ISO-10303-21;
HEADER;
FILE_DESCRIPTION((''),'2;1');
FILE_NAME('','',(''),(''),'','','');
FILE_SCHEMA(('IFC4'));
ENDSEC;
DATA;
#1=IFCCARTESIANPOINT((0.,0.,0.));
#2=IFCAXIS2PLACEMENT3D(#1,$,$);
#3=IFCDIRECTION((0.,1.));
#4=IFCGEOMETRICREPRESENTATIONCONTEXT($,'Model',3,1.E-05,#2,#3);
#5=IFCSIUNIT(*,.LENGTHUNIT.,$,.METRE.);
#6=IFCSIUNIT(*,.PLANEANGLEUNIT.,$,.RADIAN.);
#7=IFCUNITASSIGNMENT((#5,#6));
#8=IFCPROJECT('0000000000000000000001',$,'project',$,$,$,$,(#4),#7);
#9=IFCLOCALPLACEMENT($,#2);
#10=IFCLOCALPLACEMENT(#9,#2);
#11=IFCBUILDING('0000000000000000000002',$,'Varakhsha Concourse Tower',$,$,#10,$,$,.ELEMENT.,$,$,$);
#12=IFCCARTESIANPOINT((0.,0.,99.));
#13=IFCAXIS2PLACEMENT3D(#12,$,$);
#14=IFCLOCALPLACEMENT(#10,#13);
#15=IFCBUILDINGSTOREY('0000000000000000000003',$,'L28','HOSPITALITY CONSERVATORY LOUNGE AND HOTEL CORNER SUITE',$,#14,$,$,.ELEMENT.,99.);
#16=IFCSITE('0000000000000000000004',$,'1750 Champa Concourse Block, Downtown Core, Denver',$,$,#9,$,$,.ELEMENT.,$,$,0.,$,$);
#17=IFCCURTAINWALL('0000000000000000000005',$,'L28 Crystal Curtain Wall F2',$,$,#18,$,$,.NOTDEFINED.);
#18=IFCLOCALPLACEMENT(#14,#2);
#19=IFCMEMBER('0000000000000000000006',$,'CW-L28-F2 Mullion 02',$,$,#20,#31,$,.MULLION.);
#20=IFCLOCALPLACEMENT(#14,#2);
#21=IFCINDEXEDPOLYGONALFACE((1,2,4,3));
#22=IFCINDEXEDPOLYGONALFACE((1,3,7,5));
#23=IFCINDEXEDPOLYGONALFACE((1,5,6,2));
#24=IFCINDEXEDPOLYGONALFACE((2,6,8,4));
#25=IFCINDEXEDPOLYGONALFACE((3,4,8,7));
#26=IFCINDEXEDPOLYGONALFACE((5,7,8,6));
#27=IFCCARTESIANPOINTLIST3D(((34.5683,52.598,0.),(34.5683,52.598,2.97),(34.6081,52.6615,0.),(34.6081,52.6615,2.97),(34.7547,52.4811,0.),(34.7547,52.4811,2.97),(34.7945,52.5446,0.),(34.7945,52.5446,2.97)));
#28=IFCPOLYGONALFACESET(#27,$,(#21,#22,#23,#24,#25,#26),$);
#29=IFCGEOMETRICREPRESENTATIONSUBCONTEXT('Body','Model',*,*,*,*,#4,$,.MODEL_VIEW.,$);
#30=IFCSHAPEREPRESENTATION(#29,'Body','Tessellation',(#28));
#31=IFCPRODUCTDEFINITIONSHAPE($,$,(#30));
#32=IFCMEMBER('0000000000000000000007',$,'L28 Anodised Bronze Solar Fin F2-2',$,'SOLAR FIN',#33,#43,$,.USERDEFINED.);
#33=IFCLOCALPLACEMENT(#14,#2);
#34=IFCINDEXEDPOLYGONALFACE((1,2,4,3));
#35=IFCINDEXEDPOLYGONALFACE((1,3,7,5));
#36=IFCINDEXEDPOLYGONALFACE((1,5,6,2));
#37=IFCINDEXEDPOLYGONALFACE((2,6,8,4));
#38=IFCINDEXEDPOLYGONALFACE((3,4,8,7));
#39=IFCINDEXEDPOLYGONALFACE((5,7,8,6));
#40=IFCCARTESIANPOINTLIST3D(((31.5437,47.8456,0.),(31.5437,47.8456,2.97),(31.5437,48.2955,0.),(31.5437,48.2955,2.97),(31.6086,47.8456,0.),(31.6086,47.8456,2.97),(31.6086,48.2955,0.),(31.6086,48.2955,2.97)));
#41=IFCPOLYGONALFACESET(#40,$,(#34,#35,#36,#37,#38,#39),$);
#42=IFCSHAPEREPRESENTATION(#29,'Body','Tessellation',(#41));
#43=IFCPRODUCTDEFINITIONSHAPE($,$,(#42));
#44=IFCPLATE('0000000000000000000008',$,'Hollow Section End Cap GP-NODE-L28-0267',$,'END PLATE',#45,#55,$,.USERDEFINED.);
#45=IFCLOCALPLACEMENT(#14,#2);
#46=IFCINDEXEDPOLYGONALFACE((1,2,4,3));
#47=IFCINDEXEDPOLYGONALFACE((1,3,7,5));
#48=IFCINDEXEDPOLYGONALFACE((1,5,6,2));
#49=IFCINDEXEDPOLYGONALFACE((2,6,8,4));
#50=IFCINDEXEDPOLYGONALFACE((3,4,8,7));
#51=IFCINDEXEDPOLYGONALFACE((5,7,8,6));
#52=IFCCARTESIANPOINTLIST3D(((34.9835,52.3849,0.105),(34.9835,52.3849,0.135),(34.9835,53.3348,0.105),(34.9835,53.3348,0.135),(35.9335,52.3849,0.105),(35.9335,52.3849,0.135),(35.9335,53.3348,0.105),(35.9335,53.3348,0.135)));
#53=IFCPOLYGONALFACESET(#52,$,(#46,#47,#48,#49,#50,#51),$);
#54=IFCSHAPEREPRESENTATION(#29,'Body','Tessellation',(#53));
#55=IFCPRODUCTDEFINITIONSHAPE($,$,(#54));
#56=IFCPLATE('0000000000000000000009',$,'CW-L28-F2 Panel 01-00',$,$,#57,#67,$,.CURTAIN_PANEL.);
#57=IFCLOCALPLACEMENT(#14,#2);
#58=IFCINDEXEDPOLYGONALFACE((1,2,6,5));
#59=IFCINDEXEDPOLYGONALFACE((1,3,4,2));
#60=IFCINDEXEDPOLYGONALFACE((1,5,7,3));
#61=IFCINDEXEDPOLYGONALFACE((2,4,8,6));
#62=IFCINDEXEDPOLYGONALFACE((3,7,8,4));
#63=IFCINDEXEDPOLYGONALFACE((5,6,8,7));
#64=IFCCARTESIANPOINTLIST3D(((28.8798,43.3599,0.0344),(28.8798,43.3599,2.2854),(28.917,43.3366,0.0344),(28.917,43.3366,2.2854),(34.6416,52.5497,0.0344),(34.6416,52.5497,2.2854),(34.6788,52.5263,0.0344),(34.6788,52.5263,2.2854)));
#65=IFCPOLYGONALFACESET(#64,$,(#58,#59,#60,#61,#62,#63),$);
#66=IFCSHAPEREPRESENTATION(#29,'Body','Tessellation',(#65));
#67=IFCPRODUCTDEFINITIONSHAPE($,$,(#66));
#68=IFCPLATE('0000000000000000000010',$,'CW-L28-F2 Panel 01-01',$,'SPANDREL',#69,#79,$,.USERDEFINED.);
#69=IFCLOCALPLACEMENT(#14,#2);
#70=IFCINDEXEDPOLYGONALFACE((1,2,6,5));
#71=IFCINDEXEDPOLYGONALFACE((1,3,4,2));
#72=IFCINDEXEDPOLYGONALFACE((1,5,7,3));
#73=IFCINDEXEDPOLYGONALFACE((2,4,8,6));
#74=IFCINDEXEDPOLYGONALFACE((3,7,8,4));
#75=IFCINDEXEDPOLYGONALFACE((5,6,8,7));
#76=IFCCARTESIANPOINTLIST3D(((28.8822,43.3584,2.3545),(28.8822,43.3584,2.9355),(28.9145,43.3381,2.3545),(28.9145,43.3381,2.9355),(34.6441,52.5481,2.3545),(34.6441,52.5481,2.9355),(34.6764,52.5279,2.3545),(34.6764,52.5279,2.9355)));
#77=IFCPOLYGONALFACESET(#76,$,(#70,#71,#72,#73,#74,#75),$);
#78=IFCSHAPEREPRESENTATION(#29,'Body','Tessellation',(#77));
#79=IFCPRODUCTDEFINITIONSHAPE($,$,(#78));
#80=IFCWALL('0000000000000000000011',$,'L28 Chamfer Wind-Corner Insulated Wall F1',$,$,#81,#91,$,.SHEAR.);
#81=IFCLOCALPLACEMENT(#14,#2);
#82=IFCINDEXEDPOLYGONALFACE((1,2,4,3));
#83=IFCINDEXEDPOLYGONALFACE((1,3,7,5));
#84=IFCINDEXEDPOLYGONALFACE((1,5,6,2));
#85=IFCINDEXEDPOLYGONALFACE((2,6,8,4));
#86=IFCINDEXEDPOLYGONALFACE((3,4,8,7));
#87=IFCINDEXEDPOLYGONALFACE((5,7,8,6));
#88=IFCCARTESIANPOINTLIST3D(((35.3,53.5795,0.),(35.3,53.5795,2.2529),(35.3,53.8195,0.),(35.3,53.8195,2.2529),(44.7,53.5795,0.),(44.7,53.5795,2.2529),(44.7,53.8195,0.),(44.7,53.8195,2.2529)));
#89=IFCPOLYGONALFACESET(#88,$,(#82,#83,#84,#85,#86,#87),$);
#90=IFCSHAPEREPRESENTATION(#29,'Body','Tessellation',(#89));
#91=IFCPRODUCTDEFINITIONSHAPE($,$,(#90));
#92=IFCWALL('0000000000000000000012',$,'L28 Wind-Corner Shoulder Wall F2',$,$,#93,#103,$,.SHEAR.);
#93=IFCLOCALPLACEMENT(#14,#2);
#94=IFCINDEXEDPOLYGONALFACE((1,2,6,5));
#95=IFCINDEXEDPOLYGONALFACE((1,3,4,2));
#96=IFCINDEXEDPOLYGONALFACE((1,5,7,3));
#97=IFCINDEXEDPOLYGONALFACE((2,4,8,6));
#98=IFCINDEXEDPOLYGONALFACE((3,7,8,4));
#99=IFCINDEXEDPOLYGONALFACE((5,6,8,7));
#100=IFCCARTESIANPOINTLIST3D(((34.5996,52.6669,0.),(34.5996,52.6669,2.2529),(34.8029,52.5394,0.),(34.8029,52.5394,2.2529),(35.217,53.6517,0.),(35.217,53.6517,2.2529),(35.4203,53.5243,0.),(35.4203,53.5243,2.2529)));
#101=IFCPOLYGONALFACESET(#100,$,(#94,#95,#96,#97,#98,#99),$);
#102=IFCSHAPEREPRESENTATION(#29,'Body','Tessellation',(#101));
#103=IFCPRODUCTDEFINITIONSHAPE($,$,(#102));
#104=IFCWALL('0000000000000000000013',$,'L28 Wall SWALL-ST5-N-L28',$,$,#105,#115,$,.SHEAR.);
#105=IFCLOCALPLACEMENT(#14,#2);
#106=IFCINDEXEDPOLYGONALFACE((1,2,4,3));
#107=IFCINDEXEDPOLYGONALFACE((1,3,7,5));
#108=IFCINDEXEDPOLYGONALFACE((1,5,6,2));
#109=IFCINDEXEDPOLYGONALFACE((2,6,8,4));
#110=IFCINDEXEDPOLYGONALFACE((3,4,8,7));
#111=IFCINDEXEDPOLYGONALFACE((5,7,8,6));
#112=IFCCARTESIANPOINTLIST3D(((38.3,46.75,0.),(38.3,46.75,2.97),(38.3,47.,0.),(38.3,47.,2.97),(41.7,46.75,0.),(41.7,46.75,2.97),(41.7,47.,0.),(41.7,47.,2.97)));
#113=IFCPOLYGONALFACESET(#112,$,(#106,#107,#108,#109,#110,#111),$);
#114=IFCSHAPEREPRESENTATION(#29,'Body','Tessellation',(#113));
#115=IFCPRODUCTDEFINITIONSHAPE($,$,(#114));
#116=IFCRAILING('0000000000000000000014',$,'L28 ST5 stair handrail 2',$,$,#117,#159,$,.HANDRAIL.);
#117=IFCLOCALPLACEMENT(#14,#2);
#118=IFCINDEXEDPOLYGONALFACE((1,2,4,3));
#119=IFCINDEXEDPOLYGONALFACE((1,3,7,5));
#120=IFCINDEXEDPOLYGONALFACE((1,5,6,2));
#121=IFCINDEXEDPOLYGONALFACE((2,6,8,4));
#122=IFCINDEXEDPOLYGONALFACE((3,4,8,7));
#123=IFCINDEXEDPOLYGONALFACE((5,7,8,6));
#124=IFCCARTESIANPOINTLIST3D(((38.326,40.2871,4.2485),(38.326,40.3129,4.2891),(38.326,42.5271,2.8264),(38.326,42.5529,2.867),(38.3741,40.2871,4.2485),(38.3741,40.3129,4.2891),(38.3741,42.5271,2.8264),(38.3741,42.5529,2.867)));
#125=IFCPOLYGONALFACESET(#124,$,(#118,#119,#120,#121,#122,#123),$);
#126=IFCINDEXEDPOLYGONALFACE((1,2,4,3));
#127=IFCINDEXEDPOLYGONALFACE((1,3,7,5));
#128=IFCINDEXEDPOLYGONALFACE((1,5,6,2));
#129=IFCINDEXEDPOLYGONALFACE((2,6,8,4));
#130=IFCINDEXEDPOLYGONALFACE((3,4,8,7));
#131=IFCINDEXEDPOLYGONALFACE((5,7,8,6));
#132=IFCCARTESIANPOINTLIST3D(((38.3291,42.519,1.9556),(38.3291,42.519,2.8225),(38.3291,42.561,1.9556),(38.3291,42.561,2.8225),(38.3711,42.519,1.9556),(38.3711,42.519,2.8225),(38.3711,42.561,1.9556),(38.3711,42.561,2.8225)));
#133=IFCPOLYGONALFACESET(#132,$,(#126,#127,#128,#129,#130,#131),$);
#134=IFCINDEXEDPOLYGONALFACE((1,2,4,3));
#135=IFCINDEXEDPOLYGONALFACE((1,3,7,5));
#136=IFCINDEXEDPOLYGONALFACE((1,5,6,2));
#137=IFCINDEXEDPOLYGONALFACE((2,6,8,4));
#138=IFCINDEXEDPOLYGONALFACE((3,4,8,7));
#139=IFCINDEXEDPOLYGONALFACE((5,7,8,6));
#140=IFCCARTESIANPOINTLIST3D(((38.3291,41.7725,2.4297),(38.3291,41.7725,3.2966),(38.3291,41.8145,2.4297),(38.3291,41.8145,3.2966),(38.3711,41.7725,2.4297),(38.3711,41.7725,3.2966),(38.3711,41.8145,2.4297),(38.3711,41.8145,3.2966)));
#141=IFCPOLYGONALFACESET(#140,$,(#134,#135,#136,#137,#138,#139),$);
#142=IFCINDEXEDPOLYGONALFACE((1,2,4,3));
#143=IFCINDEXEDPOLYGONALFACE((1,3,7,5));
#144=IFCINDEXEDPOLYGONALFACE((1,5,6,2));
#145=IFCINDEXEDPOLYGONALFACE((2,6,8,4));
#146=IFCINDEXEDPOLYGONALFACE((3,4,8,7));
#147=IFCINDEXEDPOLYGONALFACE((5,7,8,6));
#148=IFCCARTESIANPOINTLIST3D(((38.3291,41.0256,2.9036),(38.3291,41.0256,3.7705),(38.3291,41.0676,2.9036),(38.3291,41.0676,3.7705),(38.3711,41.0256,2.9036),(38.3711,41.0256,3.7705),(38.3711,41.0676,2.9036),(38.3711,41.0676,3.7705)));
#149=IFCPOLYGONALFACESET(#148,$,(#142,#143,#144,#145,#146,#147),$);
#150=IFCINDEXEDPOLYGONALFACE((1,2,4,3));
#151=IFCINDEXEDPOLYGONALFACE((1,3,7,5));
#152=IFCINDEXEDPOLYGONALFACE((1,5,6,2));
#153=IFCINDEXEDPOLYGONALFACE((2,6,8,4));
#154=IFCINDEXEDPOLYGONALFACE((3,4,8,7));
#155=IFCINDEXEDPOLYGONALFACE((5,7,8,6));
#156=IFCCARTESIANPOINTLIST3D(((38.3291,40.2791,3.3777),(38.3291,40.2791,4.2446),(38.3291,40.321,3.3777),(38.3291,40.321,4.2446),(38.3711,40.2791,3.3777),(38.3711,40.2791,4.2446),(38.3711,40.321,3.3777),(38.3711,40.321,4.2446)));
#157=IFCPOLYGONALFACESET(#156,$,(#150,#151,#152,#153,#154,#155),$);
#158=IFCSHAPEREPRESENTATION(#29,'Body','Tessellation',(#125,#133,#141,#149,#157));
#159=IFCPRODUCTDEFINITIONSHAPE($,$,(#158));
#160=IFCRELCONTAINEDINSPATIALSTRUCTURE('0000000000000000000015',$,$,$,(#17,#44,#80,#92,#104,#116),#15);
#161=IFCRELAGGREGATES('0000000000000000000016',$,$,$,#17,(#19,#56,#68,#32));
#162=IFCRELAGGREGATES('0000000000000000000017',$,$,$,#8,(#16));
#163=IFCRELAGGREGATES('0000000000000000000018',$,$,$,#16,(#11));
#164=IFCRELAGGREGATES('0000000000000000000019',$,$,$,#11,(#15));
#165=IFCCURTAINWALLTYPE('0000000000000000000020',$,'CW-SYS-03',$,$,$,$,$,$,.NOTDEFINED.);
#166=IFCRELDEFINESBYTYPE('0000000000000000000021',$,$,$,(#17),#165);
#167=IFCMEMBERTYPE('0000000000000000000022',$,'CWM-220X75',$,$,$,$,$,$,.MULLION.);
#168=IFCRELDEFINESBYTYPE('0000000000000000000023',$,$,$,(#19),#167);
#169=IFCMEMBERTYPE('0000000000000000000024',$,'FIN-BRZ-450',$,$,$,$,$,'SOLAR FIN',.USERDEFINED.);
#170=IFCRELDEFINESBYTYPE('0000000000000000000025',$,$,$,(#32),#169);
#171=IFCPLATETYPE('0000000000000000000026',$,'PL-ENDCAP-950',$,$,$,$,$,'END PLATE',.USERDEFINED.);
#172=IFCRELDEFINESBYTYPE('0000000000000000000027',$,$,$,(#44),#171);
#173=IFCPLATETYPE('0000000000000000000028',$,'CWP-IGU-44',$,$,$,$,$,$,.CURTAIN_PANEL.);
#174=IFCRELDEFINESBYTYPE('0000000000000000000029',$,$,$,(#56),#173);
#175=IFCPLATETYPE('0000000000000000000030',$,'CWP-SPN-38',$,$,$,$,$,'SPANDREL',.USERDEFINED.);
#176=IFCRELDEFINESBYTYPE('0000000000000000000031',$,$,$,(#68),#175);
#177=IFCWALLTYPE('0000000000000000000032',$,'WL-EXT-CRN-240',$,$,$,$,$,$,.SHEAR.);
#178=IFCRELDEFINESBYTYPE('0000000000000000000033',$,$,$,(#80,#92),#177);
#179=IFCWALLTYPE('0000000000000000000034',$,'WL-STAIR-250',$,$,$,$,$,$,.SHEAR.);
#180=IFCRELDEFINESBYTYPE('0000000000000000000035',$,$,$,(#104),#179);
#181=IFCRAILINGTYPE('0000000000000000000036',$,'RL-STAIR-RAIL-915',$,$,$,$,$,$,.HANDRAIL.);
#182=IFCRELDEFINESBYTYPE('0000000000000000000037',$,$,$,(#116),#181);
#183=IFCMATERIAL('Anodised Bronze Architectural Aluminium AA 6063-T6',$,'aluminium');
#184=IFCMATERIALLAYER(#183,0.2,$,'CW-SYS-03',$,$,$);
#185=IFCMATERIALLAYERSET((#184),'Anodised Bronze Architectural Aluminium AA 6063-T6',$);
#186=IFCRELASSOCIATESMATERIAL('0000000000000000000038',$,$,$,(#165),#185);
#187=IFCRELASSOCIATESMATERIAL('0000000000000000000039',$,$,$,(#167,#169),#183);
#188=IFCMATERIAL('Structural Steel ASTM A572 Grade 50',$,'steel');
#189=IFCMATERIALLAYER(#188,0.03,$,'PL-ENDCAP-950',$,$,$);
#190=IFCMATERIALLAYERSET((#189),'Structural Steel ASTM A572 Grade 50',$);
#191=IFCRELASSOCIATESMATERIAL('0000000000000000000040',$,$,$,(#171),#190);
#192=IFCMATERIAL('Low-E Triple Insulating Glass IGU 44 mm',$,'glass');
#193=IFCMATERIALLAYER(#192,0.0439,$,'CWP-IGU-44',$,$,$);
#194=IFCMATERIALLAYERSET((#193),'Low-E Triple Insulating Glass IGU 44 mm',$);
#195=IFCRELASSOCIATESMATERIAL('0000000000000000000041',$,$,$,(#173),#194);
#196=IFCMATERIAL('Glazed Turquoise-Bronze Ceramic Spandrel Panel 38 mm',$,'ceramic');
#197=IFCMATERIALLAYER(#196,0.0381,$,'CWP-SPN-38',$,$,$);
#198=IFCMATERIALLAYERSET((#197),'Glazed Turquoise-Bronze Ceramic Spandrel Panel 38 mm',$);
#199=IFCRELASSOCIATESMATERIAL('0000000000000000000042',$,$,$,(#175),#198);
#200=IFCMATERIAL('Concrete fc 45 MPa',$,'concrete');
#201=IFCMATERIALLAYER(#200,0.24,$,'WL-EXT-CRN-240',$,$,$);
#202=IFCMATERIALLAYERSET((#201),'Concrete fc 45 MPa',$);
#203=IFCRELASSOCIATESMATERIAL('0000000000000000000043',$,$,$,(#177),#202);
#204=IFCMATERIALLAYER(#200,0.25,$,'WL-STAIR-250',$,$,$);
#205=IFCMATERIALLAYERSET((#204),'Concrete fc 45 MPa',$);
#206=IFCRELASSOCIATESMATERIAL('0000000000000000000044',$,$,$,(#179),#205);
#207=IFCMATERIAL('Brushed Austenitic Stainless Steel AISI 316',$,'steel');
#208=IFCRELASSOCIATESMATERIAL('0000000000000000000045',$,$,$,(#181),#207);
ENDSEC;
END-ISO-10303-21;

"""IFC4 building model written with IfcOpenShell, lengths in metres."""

from ifc_helpers import new_model, si_unit, direction, frame, frame_2d, origin, origin_2d, place, context, subcontext, project, spatial, rectangle, extrude, source, transform, mapped, material, layer, layer_set, material_profile, profile_set, type_object, type_shapes, element, aggregate, save


model = new_model("IFC4")

# Units and contexts
model_context = context("Model", 3, precision=1e-05, world=origin(), true_north=direction((0.0, 1.0)))
body_context = subcontext(model_context, "Body", "Model", "MODEL_VIEW")
ifc_project = project(units=[si_unit("LENGTHUNIT", "METRE"), si_unit("PLANEANGLEUNIT", "RADIAN")], contexts=[model_context])

# Site, building, storey
site_placement = place(None, origin())
site = spatial("IfcSite", under=ifc_project, at=site_placement, Name="1750 Champa Concourse Block, Downtown Core, Denver", CompositionType="ELEMENT", RefElevation=0.0)
building_placement = place(site_placement, origin())
building = spatial("IfcBuilding", under=site, at=building_placement, Name="Varakhsha Concourse Tower", CompositionType="ELEMENT")
storey_placement = place(building_placement, frame((0.0, 0.0, 99.0)))
storey = spatial("IfcBuildingStorey", under=building, at=storey_placement, Name="L28", Description="HOSPITALITY CONSERVATORY LOUNGE AND HOTEL CORNER SUITE", CompositionType="ELEMENT", Elevation=99.0)

# Shared definitions
ifc_material_1 = material(Name="Structural Steel ASTM A572 Grade 50", Category="steel")

# Curtain wall, members
ifc_material_2 = material(Name="Anodised Bronze Architectural Aluminium AA 6063-T6", Category="aluminium")
ifc_layer_1 = layer(ifc_material_2, 0.2, Name="CW-SYS-03")
ifc_layer_set_1 = layer_set([ifc_layer_1], Name="Anodised Bronze Architectural Aluminium AA 6063-T6")
curtain_wall_type = type_object("IfcCurtainWallType", Name="CW-SYS-03", PredefinedType="NOTDEFINED", material=ifc_layer_set_1)
curtain_wall_placement = place(storey_placement, origin())
curtain_wall = element("IfcCurtainWall", 1, at=curtain_wall_placement, inside=storey, type_object=curtain_wall_type, Name="L28 Crystal Curtain Wall F2", PredefinedType="NOTDEFINED")
ifc_material_profile_1 = material_profile(ifc_material_2, rectangle(XDim=0.075, YDim=0.22, at=origin_2d()), Name="CWM-220X75")
ifc_profile_set_1 = profile_set([ifc_material_profile_1], Name="Anodised Bronze Architectural Aluminium AA 6063-T6")
member_type_1 = type_object("IfcMemberType", Name="CWM-220X75", PredefinedType="MULLION", material=ifc_profile_set_1)
shared_shape_1 = source(origin(), body_context, "Body", "SweptSolid", [
    extrude(rectangle(XDim=0.075, YDim=0.22, at=origin_2d()), origin(), (0.0, 0.0, 1.0), 2.97),
])
type_shapes(member_type_1, [shared_shape_1])
member_1_placement = place(storey_placement, frame((34.6814, 52.5713, 0.0), z_axis=(0.0, 0.0, 1.0), x_axis=(0.531209, 0.847241, 0.0)))
member_1 = element("IfcMember", 2, at=member_1_placement, type_object=member_type_1, Name="CW-L28-F2 Mullion 02", PredefinedType="MULLION", context=body_context, shape_type="MappedRepresentation", body=[
    mapped(shared_shape_1, transform((0.0, 0.0, 0.0), scale=1.0)),
])
ifc_material_profile_2 = material_profile(ifc_material_2, rectangle(XDim=0.0649, YDim=0.45, at=origin_2d()), Name="FIN-BRZ-450")
ifc_profile_set_2 = profile_set([ifc_material_profile_2], Name="Anodised Bronze Architectural Aluminium AA 6063-T6")
member_type_2 = type_object("IfcMemberType", Name="FIN-BRZ-450", ElementType="SOLAR FIN", PredefinedType="USERDEFINED", material=ifc_profile_set_2)
shared_shape_2 = source(origin(), body_context, "Body", "SweptSolid", [
    extrude(rectangle(XDim=0.0649, YDim=0.45, at=origin_2d()), origin(), (0.0, 0.0, 1.0), 2.97),
])
type_shapes(member_type_2, [shared_shape_2])
member_2_placement = place(storey_placement, frame((31.5762, 48.0706, 0.0), z_axis=(0.0, 0.0, 1.0), x_axis=(1.0, 0.0, 0.0)))
member_2 = element("IfcMember", 3, at=member_2_placement, type_object=member_type_2, Name="L28 Anodised Bronze Solar Fin F2-2", ObjectType="SOLAR FIN", PredefinedType="USERDEFINED", context=body_context, shape_type="MappedRepresentation", body=[
    mapped(shared_shape_2, transform((0.0, 0.0, 0.0), scale=1.0)),
])

# Plates
ifc_layer_2 = layer(ifc_material_1, 0.03, Name="PL-ENDCAP-950")
ifc_layer_set_2 = layer_set([ifc_layer_2], Name="Structural Steel ASTM A572 Grade 50")
plate_type_1 = type_object("IfcPlateType", Name="PL-ENDCAP-950", ElementType="END PLATE", PredefinedType="USERDEFINED", material=ifc_layer_set_2)
shared_shape_3 = source(origin(), body_context, "Body", "SweptSolid", [
    extrude(rectangle(XDim=0.95, YDim=0.95, at=origin_2d()), origin(), (0.0, 0.0, 1.0), 0.03),
])
type_shapes(plate_type_1, [shared_shape_3])
plate_1_placement = place(storey_placement, frame((35.4585, 52.8599, 0.105), z_axis=(0.0, 0.0, 1.0), x_axis=(1.0, 0.0, 0.0)))
element("IfcPlate", 4, at=plate_1_placement, inside=storey, type_object=plate_type_1, Name="Hollow Section End Cap GP-NODE-L28-0267", ObjectType="END PLATE", PredefinedType="USERDEFINED", context=body_context, shape_type="MappedRepresentation", body=[
    mapped(shared_shape_3, transform((0.0, 0.0, 0.0), scale=1.0)),
])
ifc_material_3 = material(Name="Low-E Triple Insulating Glass IGU 44 mm", Category="glass")
ifc_layer_3 = layer(ifc_material_3, 0.0439, Name="CWP-IGU-44")
ifc_layer_set_3 = layer_set([ifc_layer_3], Name="Low-E Triple Insulating Glass IGU 44 mm")
plate_type_2 = type_object("IfcPlateType", Name="CWP-IGU-44", PredefinedType="CURTAIN_PANEL", material=ifc_layer_set_3)
shared_shape_4 = source(origin(), body_context, "Body", "SweptSolid", [
    extrude(rectangle(XDim=10.8467, YDim=0.0439, at=origin_2d()), origin(), (0.0, 0.0, 1.0), 2.251),
])
type_shapes(plate_type_2, [shared_shape_4])
plate_2_placement = place(storey_placement, frame((31.7793, 47.9431, 0.0344), z_axis=(0.0, 0.0, 1.0), x_axis=(0.531209, 0.847241, 0.0)))
plate_2 = element("IfcPlate", 5, at=plate_2_placement, type_object=plate_type_2, Name="CW-L28-F2 Panel 01-00", PredefinedType="CURTAIN_PANEL", context=body_context, shape_type="MappedRepresentation", body=[
    mapped(shared_shape_4, transform((0.0, 0.0, 0.0), scale=1.0)),
])
ifc_material_4 = material(Name="Glazed Turquoise-Bronze Ceramic Spandrel Panel 38 mm", Category="ceramic")
ifc_layer_4 = layer(ifc_material_4, 0.0381, Name="CWP-SPN-38")
ifc_layer_set_4 = layer_set([ifc_layer_4], Name="Glazed Turquoise-Bronze Ceramic Spandrel Panel 38 mm")
plate_type_3 = type_object("IfcPlateType", Name="CWP-SPN-38", ElementType="SPANDREL", PredefinedType="USERDEFINED", material=ifc_layer_set_4)
shared_shape_5 = source(origin(), body_context, "Body", "SweptSolid", [
    extrude(rectangle(XDim=10.8467, YDim=0.0381, at=origin_2d()), origin(), (0.0, 0.0, 1.0), 0.5811),
])
type_shapes(plate_type_3, [shared_shape_5])
plate_3_placement = place(storey_placement, frame((31.7793, 47.9431, 2.3545), z_axis=(0.0, 0.0, 1.0), x_axis=(0.531209, 0.847241, 0.0)))
plate_3 = element("IfcPlate", 6, at=plate_3_placement, type_object=plate_type_3, Name="CW-L28-F2 Panel 01-01", ObjectType="SPANDREL", PredefinedType="USERDEFINED", context=body_context, shape_type="MappedRepresentation", body=[
    mapped(shared_shape_5, transform((0.0, 0.0, 0.0), scale=1.0)),
])
aggregate(curtain_wall, [member_1, plate_2, plate_3, member_2])

# Walls
ifc_material_5 = material(Name="Concrete fc 45 MPa", Category="concrete")
ifc_layer_5 = layer(ifc_material_5, 0.24, Name="WL-EXT-CRN-240")
ifc_layer_set_5 = layer_set([ifc_layer_5], Name="Concrete fc 45 MPa")
wall_type_1 = type_object("IfcWallType", Name="WL-EXT-CRN-240", PredefinedType="SHEAR", material=ifc_layer_set_5)
wall_1_placement = place(storey_placement, frame((35.3, 53.6995, 0.0), z_axis=(0.0, 0.0, 1.0), x_axis=(1.0, 0.0, 0.0)))
element("IfcWall", 7, at=wall_1_placement, inside=storey, type_object=wall_type_1, Name="L28 Chamfer Wind-Corner Insulated Wall F1", PredefinedType="SHEAR", context=body_context, shape_type="SweptSolid", body=[
    extrude(rectangle(XDim=9.3999, YDim=0.24, at=frame_2d((4.7, 0.0))), origin(), (0.0, 0.0, 1.0), 2.2529),
])
wall_2_placement = place(storey_placement, frame((35.3186, 53.5879, 0.0), z_axis=(0.0, 0.0, 1.0), x_axis=(-0.531169, -0.847266, 0.0)))
element("IfcWall", 8, at=wall_2_placement, inside=storey, type_object=wall_type_1, Name="L28 Wind-Corner Shoulder Wall F2", PredefinedType="SHEAR", context=body_context, shape_type="SweptSolid", body=[
    extrude(rectangle(XDim=1.1624, YDim=0.24, at=frame_2d((0.5811, 0.0))), origin(), (0.0, 0.0, 1.0), 2.2529),
])
ifc_layer_6 = layer(ifc_material_5, 0.25, Name="WL-STAIR-250")
ifc_layer_set_6 = layer_set([ifc_layer_6], Name="Concrete fc 45 MPa")
wall_type_2 = type_object("IfcWallType", Name="WL-STAIR-250", PredefinedType="SHEAR", material=ifc_layer_set_6)
wall_3_placement = place(storey_placement, frame((38.3, 46.875, 0.0), z_axis=(0.0, 0.0, 1.0), x_axis=(1.0, 0.0, 0.0)))
element("IfcWall", 9, at=wall_3_placement, inside=storey, type_object=wall_type_2, Name="L28 Wall SWALL-ST5-N-L28", PredefinedType="SHEAR", context=body_context, shape_type="SweptSolid", body=[
    extrude(rectangle(XDim=3.3999, YDim=0.25, at=frame_2d((1.7, 0.0))), origin(), (0.0, 0.0, 1.0), 2.97),
])

# Railing
ifc_material_6 = material(Name="Brushed Austenitic Stainless Steel AISI 316", Category="steel")
railing_type = type_object("IfcRailingType", Name="RL-STAIR-RAIL-915", PredefinedType="HANDRAIL", material=ifc_material_6)
railing_placement = place(storey_placement, frame((38.3501, 42.54, 1.9556)))
element("IfcRailing", 10, at=railing_placement, inside=storey, type_object=railing_type, Name="L28 ST5 stair handrail 2", PredefinedType="HANDRAIL", context=body_context, shape_type="SweptSolid", body=[
    extrude(rectangle(XDim=0.0481, YDim=0.0481, at=origin_2d()), frame((0.0, 0.0, 0.8911), z_axis=(0.0, -0.844229, 0.535982), x_axis=(1.0, 0.0, 0.0)), (0.0, 0.0, 1.0), 2.6533),
    extrude(rectangle(XDim=0.042, YDim=0.042, at=origin_2d()), origin(), (0.0, 0.0, 1.0), 0.8669),
    extrude(rectangle(XDim=0.042, YDim=0.042, at=origin_2d()), frame((0.0, -0.7466, 0.4741)), (0.0, 0.0, 1.0), 0.8669),
    extrude(rectangle(XDim=0.042, YDim=0.042, at=origin_2d()), frame((0.0, -1.4934, 0.948)), (0.0, 0.0, 1.0), 0.8669),
    extrude(rectangle(XDim=0.042, YDim=0.042, at=origin_2d()), frame((0.0, -2.24, 1.4221)), (0.0, 0.0, 1.0), 0.8669),
])

save(model, "model.ifc")
